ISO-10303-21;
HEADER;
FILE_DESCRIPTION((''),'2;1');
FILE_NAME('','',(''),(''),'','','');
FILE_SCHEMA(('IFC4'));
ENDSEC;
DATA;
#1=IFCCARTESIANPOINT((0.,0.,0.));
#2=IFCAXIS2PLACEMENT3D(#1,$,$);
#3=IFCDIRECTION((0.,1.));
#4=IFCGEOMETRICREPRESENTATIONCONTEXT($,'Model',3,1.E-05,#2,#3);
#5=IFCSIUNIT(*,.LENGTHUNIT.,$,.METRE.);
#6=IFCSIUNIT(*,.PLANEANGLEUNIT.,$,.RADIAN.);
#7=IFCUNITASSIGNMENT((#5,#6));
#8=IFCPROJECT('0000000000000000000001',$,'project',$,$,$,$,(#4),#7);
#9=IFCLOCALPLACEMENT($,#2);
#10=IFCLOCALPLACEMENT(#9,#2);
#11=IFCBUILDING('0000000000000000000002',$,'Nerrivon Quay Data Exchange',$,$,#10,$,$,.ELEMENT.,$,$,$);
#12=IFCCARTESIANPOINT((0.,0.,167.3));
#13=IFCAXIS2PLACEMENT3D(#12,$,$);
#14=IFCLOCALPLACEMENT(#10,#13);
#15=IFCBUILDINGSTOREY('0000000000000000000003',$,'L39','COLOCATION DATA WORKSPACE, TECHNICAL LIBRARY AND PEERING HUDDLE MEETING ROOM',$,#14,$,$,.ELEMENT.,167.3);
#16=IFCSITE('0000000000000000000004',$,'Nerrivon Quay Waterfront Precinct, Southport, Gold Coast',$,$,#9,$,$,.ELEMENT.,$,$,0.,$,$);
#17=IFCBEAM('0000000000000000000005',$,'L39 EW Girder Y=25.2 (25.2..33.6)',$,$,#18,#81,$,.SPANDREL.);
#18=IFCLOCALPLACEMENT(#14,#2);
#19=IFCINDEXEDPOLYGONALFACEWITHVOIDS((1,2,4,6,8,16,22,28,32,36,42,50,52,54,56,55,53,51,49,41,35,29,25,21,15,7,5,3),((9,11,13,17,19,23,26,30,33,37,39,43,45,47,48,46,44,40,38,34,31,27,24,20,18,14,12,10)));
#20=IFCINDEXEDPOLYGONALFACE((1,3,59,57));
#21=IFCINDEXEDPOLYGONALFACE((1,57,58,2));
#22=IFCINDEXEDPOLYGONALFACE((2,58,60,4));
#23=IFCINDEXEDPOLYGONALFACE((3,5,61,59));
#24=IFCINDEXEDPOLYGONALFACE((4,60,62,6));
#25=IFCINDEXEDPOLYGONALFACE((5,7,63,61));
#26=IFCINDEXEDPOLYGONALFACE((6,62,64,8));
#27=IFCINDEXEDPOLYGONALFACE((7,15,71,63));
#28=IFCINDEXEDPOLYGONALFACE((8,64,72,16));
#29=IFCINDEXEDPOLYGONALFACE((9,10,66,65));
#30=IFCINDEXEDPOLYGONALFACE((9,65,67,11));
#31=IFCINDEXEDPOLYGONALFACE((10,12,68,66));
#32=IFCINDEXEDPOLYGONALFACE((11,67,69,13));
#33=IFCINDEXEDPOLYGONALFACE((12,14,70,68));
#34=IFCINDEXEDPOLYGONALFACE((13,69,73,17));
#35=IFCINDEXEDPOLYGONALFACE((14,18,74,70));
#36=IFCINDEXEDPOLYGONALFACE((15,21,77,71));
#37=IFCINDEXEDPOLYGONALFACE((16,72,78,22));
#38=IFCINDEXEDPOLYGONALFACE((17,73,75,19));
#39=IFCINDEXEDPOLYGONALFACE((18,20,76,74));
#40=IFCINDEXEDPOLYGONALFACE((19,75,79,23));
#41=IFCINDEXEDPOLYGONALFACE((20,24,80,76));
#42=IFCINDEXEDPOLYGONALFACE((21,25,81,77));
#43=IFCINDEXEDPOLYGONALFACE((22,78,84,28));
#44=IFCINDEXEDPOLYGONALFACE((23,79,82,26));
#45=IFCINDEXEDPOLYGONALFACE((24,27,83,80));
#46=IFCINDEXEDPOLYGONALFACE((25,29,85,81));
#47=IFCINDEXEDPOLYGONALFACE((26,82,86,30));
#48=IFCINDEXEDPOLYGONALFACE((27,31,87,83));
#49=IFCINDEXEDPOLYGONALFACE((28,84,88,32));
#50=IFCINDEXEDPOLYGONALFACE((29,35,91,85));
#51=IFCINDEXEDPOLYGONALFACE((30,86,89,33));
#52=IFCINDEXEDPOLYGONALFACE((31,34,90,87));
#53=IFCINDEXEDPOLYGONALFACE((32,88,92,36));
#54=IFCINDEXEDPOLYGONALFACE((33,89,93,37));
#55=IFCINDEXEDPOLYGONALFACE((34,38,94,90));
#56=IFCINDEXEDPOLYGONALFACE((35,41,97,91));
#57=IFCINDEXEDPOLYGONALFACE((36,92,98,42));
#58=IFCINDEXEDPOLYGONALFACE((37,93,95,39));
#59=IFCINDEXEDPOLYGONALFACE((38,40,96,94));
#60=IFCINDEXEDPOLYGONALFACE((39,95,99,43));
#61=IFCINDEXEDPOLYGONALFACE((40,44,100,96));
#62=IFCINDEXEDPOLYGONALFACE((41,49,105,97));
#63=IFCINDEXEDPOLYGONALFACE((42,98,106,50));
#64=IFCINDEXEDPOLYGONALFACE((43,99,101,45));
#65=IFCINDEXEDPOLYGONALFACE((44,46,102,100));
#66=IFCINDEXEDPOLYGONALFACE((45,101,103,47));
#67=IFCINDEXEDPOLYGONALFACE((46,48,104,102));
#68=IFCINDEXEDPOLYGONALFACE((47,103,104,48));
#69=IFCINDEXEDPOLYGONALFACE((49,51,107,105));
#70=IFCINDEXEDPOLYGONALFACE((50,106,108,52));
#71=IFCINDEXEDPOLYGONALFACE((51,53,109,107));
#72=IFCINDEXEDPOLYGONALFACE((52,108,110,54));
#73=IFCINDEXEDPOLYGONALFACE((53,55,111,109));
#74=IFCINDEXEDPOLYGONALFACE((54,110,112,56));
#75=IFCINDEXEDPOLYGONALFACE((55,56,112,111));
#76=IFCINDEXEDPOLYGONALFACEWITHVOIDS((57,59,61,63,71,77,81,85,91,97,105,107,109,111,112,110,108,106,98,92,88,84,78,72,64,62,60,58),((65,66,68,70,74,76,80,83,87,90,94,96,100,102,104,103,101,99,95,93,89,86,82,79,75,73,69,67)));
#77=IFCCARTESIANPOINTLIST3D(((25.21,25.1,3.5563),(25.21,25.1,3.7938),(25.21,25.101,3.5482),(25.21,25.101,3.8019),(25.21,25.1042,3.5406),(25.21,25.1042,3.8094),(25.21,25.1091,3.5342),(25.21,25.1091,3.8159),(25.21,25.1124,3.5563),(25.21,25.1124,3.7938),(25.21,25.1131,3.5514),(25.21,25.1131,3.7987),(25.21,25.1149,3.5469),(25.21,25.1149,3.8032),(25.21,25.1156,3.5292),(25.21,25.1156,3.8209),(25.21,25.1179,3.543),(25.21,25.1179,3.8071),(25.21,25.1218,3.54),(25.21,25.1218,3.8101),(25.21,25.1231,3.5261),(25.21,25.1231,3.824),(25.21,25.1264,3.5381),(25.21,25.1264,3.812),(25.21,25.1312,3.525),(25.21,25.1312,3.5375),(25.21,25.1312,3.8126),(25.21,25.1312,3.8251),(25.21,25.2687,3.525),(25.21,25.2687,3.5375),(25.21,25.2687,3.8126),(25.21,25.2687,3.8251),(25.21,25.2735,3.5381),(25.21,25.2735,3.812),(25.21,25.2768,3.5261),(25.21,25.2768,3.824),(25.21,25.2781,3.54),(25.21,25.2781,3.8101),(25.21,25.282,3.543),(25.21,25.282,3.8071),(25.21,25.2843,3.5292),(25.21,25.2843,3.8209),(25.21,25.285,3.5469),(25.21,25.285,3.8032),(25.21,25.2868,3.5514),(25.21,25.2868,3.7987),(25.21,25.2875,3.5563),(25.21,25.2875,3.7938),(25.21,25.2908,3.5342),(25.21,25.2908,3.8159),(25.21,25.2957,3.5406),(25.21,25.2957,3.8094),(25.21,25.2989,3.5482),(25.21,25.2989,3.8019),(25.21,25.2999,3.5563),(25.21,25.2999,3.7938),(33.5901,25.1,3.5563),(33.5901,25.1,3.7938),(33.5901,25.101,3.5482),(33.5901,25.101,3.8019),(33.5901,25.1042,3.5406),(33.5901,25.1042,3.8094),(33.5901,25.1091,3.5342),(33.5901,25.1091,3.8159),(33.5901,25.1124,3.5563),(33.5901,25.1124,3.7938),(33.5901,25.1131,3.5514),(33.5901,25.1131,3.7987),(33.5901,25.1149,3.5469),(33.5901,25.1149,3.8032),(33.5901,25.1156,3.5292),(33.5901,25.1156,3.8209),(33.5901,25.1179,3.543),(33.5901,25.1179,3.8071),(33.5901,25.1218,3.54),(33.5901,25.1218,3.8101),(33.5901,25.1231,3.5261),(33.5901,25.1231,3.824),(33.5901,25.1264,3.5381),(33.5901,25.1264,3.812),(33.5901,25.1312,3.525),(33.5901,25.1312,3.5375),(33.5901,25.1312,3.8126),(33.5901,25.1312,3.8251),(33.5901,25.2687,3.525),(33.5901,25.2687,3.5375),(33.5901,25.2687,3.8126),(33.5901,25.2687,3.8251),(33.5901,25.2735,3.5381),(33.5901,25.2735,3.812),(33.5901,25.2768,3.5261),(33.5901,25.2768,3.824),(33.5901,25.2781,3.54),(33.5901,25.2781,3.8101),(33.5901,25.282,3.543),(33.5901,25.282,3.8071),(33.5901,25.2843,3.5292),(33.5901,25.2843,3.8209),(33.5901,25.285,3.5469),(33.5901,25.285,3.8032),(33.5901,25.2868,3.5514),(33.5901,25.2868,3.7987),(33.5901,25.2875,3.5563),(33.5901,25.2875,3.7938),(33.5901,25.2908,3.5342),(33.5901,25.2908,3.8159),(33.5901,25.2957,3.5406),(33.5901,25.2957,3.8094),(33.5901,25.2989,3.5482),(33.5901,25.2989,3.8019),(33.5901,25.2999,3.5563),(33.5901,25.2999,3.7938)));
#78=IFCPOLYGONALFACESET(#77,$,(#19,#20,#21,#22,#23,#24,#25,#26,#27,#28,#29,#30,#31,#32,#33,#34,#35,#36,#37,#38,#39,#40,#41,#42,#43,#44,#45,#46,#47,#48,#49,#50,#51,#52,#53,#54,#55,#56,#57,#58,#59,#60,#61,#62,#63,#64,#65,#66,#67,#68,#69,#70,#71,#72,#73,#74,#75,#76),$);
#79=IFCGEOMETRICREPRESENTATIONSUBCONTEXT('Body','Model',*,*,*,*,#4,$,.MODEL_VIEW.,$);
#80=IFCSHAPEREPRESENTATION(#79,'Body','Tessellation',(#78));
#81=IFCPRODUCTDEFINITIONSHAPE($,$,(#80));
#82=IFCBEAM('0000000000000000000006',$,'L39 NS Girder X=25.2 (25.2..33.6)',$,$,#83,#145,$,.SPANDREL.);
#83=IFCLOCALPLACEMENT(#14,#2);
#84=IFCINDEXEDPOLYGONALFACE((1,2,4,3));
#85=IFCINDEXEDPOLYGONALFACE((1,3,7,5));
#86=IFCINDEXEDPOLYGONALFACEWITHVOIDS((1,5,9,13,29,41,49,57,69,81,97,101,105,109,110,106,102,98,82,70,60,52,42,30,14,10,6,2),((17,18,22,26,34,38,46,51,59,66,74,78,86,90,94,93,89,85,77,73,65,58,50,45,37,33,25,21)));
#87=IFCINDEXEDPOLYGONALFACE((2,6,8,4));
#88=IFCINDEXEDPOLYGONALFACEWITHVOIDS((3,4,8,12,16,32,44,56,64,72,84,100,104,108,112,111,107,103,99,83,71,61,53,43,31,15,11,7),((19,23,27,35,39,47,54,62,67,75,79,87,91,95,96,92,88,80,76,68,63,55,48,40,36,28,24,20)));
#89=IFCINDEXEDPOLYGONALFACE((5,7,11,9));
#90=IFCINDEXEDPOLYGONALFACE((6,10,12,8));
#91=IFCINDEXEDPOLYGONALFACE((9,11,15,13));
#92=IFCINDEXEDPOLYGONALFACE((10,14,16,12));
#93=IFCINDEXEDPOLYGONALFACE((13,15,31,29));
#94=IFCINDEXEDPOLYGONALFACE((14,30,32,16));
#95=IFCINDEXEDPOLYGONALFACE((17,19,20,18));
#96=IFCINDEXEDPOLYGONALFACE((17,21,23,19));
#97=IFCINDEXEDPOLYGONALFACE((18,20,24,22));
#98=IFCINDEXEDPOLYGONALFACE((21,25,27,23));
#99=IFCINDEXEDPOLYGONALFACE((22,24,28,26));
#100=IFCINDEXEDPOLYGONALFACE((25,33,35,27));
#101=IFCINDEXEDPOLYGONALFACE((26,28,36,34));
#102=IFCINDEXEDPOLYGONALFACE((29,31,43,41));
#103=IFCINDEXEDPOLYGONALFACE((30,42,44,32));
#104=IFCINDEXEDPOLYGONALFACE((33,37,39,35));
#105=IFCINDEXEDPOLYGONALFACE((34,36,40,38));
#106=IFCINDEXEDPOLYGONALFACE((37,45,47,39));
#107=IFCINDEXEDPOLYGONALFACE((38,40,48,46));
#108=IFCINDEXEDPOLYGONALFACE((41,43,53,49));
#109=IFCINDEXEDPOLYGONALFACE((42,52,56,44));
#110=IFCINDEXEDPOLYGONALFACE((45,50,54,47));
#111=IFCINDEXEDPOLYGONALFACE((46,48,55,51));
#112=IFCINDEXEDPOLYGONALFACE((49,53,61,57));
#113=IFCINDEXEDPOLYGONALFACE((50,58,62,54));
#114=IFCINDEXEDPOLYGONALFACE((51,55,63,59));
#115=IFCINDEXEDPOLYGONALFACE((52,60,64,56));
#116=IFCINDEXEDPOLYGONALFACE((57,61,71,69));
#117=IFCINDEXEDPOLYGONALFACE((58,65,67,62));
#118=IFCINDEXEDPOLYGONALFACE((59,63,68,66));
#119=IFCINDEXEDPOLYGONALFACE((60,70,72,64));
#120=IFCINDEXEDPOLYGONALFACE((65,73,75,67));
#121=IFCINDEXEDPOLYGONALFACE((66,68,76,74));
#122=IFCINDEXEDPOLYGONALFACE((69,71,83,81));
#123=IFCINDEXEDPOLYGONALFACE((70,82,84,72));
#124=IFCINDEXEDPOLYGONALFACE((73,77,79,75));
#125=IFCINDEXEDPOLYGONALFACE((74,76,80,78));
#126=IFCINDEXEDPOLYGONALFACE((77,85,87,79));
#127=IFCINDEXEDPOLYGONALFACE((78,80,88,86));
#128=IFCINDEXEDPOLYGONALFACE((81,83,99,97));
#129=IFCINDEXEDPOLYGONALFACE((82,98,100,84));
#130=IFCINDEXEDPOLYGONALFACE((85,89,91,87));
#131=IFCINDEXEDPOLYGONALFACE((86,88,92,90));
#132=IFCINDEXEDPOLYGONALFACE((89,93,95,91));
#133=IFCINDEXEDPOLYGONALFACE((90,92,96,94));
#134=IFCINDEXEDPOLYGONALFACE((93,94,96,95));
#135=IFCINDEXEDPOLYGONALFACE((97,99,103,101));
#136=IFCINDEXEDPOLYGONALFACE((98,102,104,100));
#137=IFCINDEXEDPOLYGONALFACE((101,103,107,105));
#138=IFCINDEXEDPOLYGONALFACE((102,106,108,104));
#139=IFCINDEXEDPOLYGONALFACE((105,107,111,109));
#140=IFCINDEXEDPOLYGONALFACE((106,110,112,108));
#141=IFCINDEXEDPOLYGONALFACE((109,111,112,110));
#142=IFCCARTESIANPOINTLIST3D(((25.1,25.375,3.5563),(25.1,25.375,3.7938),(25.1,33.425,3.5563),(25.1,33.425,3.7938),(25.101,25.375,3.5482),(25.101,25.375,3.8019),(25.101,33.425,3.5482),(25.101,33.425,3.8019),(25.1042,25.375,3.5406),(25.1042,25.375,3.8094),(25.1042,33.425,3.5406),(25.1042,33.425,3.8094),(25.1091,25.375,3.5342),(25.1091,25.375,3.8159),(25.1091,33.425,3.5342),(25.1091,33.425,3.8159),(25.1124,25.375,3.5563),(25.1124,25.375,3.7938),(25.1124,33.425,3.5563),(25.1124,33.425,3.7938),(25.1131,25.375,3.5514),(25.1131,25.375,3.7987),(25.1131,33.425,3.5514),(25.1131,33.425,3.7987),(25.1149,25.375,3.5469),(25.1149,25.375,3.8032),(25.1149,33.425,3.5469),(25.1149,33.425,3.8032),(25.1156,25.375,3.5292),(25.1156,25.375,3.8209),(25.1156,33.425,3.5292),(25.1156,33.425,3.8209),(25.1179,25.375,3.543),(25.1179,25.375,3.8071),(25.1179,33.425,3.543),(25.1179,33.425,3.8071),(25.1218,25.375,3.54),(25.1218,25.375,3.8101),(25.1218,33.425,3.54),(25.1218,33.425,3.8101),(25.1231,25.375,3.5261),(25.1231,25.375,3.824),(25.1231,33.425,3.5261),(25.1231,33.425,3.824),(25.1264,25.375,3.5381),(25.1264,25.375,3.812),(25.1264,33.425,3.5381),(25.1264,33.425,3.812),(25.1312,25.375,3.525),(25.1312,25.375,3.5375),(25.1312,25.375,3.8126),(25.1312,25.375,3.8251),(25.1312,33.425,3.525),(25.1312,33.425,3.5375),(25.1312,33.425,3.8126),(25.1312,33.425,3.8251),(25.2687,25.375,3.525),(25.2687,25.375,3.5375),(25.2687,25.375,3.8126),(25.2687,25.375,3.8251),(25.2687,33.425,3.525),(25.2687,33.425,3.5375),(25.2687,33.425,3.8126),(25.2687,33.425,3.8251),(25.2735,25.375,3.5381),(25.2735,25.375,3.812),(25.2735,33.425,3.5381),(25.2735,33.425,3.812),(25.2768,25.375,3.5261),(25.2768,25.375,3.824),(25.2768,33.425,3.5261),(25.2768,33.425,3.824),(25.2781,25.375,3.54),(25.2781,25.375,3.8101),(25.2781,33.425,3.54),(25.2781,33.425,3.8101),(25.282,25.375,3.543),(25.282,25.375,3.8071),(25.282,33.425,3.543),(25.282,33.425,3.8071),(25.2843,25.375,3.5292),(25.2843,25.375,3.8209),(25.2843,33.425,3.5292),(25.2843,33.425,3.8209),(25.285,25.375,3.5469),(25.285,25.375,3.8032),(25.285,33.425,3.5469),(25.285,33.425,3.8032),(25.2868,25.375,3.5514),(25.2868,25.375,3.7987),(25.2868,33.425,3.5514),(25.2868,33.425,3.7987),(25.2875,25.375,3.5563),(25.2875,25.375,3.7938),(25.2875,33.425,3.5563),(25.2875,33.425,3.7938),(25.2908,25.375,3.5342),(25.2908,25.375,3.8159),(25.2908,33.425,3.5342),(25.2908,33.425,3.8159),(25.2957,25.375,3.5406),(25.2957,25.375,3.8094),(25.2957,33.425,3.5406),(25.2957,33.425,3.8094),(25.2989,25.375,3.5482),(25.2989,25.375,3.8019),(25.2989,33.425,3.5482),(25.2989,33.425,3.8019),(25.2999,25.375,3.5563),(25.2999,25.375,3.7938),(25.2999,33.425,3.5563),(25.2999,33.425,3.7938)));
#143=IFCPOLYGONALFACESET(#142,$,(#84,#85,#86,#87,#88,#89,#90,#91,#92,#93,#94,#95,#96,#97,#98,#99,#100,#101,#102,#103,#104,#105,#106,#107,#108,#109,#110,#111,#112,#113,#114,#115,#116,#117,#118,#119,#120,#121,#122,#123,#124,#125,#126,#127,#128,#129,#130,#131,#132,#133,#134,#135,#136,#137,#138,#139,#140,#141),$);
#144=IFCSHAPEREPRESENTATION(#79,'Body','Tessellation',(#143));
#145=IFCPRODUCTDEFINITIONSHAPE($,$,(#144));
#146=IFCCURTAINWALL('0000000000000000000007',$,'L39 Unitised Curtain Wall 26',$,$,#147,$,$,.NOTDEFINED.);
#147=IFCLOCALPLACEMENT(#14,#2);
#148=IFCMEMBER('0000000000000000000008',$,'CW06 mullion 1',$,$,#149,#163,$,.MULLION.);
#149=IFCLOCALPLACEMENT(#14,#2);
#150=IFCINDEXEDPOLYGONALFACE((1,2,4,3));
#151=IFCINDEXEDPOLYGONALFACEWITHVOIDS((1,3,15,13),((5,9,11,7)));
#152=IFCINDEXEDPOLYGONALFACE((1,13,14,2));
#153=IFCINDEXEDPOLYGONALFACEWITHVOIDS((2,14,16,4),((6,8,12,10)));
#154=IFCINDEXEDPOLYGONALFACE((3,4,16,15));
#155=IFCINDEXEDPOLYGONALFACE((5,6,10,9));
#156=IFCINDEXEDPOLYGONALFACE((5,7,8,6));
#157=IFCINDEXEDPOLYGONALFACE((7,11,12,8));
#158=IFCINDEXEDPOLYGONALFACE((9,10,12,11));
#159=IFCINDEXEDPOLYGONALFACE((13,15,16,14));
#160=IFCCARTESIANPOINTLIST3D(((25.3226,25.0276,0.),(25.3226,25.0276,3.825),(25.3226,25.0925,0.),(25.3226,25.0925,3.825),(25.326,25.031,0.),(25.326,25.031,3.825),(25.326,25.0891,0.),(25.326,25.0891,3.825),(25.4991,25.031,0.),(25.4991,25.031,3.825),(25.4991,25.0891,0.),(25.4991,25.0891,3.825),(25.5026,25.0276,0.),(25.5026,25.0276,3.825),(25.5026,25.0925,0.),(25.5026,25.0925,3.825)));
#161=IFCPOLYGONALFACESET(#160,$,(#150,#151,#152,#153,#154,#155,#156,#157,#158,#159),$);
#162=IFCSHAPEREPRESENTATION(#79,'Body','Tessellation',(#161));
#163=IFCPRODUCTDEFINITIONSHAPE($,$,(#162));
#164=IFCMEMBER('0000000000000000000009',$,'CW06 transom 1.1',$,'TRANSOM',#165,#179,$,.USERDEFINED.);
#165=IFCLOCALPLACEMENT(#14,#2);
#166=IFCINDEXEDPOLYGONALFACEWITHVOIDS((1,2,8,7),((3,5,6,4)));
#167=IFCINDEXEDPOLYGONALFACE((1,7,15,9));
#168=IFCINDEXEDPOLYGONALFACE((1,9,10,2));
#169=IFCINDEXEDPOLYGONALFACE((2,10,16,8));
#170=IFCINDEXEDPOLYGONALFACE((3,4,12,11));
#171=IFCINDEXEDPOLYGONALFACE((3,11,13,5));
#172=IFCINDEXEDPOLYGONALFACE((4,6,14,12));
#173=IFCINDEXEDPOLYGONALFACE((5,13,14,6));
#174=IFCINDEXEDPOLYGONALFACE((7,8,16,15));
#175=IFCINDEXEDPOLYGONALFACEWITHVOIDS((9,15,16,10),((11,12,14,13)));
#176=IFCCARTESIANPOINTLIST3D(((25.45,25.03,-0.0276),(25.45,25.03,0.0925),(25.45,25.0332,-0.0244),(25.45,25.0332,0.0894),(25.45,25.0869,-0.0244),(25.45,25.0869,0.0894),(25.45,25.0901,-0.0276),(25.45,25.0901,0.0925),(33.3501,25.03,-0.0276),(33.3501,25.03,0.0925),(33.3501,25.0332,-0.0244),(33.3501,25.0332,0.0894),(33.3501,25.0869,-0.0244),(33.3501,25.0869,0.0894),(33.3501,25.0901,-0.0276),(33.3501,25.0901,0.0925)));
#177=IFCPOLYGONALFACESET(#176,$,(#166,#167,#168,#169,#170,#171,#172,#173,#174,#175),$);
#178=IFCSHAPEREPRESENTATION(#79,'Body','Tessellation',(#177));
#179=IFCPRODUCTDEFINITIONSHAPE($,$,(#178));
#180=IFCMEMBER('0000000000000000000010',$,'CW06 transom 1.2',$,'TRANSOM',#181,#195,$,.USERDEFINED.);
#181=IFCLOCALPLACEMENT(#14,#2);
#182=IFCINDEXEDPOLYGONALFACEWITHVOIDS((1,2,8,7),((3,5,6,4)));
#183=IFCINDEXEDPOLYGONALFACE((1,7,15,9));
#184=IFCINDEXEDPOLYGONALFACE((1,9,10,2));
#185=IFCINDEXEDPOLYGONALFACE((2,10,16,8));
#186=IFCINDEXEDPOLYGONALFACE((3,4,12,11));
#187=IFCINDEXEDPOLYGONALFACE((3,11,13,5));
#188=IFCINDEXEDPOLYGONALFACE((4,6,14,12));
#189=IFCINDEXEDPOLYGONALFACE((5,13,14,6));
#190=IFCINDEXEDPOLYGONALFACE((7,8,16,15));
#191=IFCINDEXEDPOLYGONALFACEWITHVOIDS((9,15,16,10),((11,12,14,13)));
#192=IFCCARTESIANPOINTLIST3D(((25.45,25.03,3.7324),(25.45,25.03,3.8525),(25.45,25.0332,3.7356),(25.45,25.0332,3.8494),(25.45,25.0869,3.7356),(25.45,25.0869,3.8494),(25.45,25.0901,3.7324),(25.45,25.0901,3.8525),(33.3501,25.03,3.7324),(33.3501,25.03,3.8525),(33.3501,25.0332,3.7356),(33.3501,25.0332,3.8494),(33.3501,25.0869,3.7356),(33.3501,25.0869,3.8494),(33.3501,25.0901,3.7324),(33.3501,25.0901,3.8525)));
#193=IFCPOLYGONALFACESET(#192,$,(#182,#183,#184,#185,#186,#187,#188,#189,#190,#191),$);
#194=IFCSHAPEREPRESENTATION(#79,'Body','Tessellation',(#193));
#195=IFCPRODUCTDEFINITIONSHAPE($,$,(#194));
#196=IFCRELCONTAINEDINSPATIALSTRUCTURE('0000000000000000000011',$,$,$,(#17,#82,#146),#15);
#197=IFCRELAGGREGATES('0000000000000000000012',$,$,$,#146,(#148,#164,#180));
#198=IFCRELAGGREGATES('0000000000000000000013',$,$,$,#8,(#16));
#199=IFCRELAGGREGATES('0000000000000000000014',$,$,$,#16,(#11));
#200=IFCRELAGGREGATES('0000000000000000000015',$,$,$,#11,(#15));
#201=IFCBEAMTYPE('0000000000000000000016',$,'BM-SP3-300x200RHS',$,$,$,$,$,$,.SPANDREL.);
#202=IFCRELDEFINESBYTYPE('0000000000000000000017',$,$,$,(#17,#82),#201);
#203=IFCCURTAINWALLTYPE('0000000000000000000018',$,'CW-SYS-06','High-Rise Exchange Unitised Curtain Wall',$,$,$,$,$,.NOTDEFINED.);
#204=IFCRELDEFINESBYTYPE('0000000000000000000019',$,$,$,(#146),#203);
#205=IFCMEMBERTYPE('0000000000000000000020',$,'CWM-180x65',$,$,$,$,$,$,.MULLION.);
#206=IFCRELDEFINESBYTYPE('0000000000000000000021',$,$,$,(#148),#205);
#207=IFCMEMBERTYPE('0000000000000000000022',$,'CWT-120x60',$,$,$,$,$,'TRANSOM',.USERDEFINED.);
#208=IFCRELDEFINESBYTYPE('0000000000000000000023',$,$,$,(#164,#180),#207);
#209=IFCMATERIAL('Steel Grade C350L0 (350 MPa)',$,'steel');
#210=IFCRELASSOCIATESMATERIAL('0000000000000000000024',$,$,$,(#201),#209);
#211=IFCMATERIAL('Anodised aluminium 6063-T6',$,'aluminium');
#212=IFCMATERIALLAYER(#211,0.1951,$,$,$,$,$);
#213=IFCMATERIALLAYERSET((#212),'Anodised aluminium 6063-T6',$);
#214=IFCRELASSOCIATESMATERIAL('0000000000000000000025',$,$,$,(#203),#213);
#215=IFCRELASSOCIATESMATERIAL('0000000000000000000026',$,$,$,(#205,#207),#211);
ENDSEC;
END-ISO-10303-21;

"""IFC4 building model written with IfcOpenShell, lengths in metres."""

from ifc_helpers import new_model, si_unit, direction, frame, origin, origin_2d, place, context, subcontext, project, spatial, hollow_rectangle, extrude, material, layer, layer_set, material_profile, profile_set, type_object, element, aggregate, save


model = new_model("IFC4")

# Units and contexts
model_context = context("Model", 3, precision=1e-05, world=origin(), true_north=direction((0.0, 1.0)))
body_context = subcontext(model_context, "Body", "Model", "MODEL_VIEW")
ifc_project = project(units=[si_unit("LENGTHUNIT", "METRE"), si_unit("PLANEANGLEUNIT", "RADIAN")], contexts=[model_context])

# Site, building, storey
site_placement = place(None, origin())
site = spatial("IfcSite", under=ifc_project, at=site_placement, Name="Nerrivon Quay Waterfront Precinct, Southport, Gold Coast", CompositionType="ELEMENT", RefElevation=0.0)
building_placement = place(site_placement, origin())
building = spatial("IfcBuilding", under=site, at=building_placement, Name="Nerrivon Quay Data Exchange", CompositionType="ELEMENT")
storey_placement = place(building_placement, frame((0.0, 0.0, 167.3)))
storey = spatial("IfcBuildingStorey", under=building, at=storey_placement, Name="L39", Description="COLOCATION DATA WORKSPACE, TECHNICAL LIBRARY AND PEERING HUDDLE MEETING ROOM", CompositionType="ELEMENT", Elevation=167.3)

# Beams
ifc_material_1 = material(Name="Steel Grade C350L0 (350 MPa)", Category="steel")
ifc_material_profile_1 = material_profile(ifc_material_1, hollow_rectangle(XDim=0.2, YDim=0.3, WallThickness=0.0125, InnerFilletRadius=0.0188, OuterFilletRadius=0.0312, at=origin_2d()), Name="300x200x12.5RHS")
ifc_profile_set_1 = profile_set([ifc_material_profile_1], Name="Steel Grade C350L0 (350 MPa)")
beam_type_1 = type_object("IfcBeamType", Name="BM-SP3-300x200RHS", PredefinedType="SPANDREL", material=ifc_profile_set_1)
beam_1_placement = place(storey_placement, frame((25.21, 25.2, 3.675), z_axis=(1.0, 0.0, 0.0), x_axis=(0.0, 1.0, 0.0)))
element("IfcBeam", 1, at=beam_1_placement, inside=storey, type_object=beam_type_1, Name="L39 EW Girder Y=25.2 (25.2..33.6)", PredefinedType="SPANDREL", context=body_context, shape_type="SweptSolid", body=[
    extrude(hollow_rectangle(XDim=0.2, YDim=0.3, WallThickness=0.0125, InnerFilletRadius=0.0188, OuterFilletRadius=0.0312, at=origin_2d()), origin(), (0.0, 0.0, 1.0), 8.3801),
])
beam_2_placement = place(storey_placement, frame((25.2, 25.375, 3.675), z_axis=(0.0, 1.0, 0.0), x_axis=(-1.0, 0.0, 0.0)))
element("IfcBeam", 2, at=beam_2_placement, inside=storey, type_object=beam_type_1, Name="L39 NS Girder X=25.2 (25.2..33.6)", PredefinedType="SPANDREL", context=body_context, shape_type="SweptSolid", body=[
    extrude(hollow_rectangle(XDim=0.2, YDim=0.3, WallThickness=0.0125, InnerFilletRadius=0.0188, OuterFilletRadius=0.0312, at=origin_2d()), origin(), (0.0, 0.0, 1.0), 8.05),
])

# Curtain wall, members
ifc_material_2 = material(Name="Anodised aluminium 6063-T6", Category="aluminium")
ifc_layer_1 = layer(ifc_material_2, 0.1951)
ifc_layer_set_1 = layer_set([ifc_layer_1], Name="Anodised aluminium 6063-T6")
curtain_wall_type = type_object("IfcCurtainWallType", Name="CW-SYS-06", Description="High-Rise Exchange Unitised Curtain Wall", PredefinedType="NOTDEFINED", material=ifc_layer_set_1)
curtain_wall_placement = place(storey_placement, origin())
curtain_wall = element("IfcCurtainWall", 3, at=curtain_wall_placement, inside=storey, type_object=curtain_wall_type, Name="L39 Unitised Curtain Wall 26", PredefinedType="NOTDEFINED")
ifc_material_profile_2 = material_profile(ifc_material_2, hollow_rectangle(XDim=0.0649, YDim=0.1799, WallThickness=0.0034, at=origin_2d()), Name="ALU-MULL-180x65")
ifc_profile_set_2 = profile_set([ifc_material_profile_2], Name="Anodised aluminium 6063-T6")
member_type_1 = type_object("IfcMemberType", Name="CWM-180x65", PredefinedType="MULLION", material=ifc_profile_set_2)
member_1_placement = place(storey_placement, frame((25.4126, 25.0601, 0.0), z_axis=(0.0, 0.0, 1.0), x_axis=(0.0, 1.0, 0.0)))
member_1 = element("IfcMember", 4, at=member_1_placement, type_object=member_type_1, Name="CW06 mullion 1", PredefinedType="MULLION", context=body_context, shape_type="SweptSolid", body=[
    extrude(hollow_rectangle(XDim=0.0649, YDim=0.1799, WallThickness=0.0034, at=origin_2d()), origin(), (0.0, 0.0, 1.0), 3.825),
])
ifc_material_profile_3 = material_profile(ifc_material_2, hollow_rectangle(XDim=0.0601, YDim=0.1201, WallThickness=0.0032, at=origin_2d()), Name="ALU-TRAN-120x60")
ifc_profile_set_3 = profile_set([ifc_material_profile_3], Name="Anodised aluminium 6063-T6")
member_type_2 = type_object("IfcMemberType", Name="CWT-120x60", ElementType="TRANSOM", PredefinedType="USERDEFINED", material=ifc_profile_set_3)
member_2_placement = place(storey_placement, frame((25.45, 25.0601, 0.0325), z_axis=(1.0, 0.0, 0.0), x_axis=(0.0, 1.0, 0.0)))
member_2 = element("IfcMember", 5, at=member_2_placement, type_object=member_type_2, Name="CW06 transom 1.1", ObjectType="TRANSOM", PredefinedType="USERDEFINED", context=body_context, shape_type="SweptSolid", body=[
    extrude(hollow_rectangle(XDim=0.0601, YDim=0.1201, WallThickness=0.0032, at=origin_2d()), origin(), (0.0, 0.0, 1.0), 7.9001),
])
member_3_placement = place(storey_placement, frame((25.45, 25.0601, 3.7925), z_axis=(1.0, 0.0, 0.0), x_axis=(0.0, 1.0, 0.0)))
member_3 = element("IfcMember", 6, at=member_3_placement, type_object=member_type_2, Name="CW06 transom 1.2", ObjectType="TRANSOM", PredefinedType="USERDEFINED", context=body_context, shape_type="SweptSolid", body=[
    extrude(hollow_rectangle(XDim=0.0601, YDim=0.1201, WallThickness=0.0032, at=origin_2d()), origin(), (0.0, 0.0, 1.0), 7.9001),
])
aggregate(curtain_wall, [member_1, member_2, member_3])

save(model, "model.ifc")
